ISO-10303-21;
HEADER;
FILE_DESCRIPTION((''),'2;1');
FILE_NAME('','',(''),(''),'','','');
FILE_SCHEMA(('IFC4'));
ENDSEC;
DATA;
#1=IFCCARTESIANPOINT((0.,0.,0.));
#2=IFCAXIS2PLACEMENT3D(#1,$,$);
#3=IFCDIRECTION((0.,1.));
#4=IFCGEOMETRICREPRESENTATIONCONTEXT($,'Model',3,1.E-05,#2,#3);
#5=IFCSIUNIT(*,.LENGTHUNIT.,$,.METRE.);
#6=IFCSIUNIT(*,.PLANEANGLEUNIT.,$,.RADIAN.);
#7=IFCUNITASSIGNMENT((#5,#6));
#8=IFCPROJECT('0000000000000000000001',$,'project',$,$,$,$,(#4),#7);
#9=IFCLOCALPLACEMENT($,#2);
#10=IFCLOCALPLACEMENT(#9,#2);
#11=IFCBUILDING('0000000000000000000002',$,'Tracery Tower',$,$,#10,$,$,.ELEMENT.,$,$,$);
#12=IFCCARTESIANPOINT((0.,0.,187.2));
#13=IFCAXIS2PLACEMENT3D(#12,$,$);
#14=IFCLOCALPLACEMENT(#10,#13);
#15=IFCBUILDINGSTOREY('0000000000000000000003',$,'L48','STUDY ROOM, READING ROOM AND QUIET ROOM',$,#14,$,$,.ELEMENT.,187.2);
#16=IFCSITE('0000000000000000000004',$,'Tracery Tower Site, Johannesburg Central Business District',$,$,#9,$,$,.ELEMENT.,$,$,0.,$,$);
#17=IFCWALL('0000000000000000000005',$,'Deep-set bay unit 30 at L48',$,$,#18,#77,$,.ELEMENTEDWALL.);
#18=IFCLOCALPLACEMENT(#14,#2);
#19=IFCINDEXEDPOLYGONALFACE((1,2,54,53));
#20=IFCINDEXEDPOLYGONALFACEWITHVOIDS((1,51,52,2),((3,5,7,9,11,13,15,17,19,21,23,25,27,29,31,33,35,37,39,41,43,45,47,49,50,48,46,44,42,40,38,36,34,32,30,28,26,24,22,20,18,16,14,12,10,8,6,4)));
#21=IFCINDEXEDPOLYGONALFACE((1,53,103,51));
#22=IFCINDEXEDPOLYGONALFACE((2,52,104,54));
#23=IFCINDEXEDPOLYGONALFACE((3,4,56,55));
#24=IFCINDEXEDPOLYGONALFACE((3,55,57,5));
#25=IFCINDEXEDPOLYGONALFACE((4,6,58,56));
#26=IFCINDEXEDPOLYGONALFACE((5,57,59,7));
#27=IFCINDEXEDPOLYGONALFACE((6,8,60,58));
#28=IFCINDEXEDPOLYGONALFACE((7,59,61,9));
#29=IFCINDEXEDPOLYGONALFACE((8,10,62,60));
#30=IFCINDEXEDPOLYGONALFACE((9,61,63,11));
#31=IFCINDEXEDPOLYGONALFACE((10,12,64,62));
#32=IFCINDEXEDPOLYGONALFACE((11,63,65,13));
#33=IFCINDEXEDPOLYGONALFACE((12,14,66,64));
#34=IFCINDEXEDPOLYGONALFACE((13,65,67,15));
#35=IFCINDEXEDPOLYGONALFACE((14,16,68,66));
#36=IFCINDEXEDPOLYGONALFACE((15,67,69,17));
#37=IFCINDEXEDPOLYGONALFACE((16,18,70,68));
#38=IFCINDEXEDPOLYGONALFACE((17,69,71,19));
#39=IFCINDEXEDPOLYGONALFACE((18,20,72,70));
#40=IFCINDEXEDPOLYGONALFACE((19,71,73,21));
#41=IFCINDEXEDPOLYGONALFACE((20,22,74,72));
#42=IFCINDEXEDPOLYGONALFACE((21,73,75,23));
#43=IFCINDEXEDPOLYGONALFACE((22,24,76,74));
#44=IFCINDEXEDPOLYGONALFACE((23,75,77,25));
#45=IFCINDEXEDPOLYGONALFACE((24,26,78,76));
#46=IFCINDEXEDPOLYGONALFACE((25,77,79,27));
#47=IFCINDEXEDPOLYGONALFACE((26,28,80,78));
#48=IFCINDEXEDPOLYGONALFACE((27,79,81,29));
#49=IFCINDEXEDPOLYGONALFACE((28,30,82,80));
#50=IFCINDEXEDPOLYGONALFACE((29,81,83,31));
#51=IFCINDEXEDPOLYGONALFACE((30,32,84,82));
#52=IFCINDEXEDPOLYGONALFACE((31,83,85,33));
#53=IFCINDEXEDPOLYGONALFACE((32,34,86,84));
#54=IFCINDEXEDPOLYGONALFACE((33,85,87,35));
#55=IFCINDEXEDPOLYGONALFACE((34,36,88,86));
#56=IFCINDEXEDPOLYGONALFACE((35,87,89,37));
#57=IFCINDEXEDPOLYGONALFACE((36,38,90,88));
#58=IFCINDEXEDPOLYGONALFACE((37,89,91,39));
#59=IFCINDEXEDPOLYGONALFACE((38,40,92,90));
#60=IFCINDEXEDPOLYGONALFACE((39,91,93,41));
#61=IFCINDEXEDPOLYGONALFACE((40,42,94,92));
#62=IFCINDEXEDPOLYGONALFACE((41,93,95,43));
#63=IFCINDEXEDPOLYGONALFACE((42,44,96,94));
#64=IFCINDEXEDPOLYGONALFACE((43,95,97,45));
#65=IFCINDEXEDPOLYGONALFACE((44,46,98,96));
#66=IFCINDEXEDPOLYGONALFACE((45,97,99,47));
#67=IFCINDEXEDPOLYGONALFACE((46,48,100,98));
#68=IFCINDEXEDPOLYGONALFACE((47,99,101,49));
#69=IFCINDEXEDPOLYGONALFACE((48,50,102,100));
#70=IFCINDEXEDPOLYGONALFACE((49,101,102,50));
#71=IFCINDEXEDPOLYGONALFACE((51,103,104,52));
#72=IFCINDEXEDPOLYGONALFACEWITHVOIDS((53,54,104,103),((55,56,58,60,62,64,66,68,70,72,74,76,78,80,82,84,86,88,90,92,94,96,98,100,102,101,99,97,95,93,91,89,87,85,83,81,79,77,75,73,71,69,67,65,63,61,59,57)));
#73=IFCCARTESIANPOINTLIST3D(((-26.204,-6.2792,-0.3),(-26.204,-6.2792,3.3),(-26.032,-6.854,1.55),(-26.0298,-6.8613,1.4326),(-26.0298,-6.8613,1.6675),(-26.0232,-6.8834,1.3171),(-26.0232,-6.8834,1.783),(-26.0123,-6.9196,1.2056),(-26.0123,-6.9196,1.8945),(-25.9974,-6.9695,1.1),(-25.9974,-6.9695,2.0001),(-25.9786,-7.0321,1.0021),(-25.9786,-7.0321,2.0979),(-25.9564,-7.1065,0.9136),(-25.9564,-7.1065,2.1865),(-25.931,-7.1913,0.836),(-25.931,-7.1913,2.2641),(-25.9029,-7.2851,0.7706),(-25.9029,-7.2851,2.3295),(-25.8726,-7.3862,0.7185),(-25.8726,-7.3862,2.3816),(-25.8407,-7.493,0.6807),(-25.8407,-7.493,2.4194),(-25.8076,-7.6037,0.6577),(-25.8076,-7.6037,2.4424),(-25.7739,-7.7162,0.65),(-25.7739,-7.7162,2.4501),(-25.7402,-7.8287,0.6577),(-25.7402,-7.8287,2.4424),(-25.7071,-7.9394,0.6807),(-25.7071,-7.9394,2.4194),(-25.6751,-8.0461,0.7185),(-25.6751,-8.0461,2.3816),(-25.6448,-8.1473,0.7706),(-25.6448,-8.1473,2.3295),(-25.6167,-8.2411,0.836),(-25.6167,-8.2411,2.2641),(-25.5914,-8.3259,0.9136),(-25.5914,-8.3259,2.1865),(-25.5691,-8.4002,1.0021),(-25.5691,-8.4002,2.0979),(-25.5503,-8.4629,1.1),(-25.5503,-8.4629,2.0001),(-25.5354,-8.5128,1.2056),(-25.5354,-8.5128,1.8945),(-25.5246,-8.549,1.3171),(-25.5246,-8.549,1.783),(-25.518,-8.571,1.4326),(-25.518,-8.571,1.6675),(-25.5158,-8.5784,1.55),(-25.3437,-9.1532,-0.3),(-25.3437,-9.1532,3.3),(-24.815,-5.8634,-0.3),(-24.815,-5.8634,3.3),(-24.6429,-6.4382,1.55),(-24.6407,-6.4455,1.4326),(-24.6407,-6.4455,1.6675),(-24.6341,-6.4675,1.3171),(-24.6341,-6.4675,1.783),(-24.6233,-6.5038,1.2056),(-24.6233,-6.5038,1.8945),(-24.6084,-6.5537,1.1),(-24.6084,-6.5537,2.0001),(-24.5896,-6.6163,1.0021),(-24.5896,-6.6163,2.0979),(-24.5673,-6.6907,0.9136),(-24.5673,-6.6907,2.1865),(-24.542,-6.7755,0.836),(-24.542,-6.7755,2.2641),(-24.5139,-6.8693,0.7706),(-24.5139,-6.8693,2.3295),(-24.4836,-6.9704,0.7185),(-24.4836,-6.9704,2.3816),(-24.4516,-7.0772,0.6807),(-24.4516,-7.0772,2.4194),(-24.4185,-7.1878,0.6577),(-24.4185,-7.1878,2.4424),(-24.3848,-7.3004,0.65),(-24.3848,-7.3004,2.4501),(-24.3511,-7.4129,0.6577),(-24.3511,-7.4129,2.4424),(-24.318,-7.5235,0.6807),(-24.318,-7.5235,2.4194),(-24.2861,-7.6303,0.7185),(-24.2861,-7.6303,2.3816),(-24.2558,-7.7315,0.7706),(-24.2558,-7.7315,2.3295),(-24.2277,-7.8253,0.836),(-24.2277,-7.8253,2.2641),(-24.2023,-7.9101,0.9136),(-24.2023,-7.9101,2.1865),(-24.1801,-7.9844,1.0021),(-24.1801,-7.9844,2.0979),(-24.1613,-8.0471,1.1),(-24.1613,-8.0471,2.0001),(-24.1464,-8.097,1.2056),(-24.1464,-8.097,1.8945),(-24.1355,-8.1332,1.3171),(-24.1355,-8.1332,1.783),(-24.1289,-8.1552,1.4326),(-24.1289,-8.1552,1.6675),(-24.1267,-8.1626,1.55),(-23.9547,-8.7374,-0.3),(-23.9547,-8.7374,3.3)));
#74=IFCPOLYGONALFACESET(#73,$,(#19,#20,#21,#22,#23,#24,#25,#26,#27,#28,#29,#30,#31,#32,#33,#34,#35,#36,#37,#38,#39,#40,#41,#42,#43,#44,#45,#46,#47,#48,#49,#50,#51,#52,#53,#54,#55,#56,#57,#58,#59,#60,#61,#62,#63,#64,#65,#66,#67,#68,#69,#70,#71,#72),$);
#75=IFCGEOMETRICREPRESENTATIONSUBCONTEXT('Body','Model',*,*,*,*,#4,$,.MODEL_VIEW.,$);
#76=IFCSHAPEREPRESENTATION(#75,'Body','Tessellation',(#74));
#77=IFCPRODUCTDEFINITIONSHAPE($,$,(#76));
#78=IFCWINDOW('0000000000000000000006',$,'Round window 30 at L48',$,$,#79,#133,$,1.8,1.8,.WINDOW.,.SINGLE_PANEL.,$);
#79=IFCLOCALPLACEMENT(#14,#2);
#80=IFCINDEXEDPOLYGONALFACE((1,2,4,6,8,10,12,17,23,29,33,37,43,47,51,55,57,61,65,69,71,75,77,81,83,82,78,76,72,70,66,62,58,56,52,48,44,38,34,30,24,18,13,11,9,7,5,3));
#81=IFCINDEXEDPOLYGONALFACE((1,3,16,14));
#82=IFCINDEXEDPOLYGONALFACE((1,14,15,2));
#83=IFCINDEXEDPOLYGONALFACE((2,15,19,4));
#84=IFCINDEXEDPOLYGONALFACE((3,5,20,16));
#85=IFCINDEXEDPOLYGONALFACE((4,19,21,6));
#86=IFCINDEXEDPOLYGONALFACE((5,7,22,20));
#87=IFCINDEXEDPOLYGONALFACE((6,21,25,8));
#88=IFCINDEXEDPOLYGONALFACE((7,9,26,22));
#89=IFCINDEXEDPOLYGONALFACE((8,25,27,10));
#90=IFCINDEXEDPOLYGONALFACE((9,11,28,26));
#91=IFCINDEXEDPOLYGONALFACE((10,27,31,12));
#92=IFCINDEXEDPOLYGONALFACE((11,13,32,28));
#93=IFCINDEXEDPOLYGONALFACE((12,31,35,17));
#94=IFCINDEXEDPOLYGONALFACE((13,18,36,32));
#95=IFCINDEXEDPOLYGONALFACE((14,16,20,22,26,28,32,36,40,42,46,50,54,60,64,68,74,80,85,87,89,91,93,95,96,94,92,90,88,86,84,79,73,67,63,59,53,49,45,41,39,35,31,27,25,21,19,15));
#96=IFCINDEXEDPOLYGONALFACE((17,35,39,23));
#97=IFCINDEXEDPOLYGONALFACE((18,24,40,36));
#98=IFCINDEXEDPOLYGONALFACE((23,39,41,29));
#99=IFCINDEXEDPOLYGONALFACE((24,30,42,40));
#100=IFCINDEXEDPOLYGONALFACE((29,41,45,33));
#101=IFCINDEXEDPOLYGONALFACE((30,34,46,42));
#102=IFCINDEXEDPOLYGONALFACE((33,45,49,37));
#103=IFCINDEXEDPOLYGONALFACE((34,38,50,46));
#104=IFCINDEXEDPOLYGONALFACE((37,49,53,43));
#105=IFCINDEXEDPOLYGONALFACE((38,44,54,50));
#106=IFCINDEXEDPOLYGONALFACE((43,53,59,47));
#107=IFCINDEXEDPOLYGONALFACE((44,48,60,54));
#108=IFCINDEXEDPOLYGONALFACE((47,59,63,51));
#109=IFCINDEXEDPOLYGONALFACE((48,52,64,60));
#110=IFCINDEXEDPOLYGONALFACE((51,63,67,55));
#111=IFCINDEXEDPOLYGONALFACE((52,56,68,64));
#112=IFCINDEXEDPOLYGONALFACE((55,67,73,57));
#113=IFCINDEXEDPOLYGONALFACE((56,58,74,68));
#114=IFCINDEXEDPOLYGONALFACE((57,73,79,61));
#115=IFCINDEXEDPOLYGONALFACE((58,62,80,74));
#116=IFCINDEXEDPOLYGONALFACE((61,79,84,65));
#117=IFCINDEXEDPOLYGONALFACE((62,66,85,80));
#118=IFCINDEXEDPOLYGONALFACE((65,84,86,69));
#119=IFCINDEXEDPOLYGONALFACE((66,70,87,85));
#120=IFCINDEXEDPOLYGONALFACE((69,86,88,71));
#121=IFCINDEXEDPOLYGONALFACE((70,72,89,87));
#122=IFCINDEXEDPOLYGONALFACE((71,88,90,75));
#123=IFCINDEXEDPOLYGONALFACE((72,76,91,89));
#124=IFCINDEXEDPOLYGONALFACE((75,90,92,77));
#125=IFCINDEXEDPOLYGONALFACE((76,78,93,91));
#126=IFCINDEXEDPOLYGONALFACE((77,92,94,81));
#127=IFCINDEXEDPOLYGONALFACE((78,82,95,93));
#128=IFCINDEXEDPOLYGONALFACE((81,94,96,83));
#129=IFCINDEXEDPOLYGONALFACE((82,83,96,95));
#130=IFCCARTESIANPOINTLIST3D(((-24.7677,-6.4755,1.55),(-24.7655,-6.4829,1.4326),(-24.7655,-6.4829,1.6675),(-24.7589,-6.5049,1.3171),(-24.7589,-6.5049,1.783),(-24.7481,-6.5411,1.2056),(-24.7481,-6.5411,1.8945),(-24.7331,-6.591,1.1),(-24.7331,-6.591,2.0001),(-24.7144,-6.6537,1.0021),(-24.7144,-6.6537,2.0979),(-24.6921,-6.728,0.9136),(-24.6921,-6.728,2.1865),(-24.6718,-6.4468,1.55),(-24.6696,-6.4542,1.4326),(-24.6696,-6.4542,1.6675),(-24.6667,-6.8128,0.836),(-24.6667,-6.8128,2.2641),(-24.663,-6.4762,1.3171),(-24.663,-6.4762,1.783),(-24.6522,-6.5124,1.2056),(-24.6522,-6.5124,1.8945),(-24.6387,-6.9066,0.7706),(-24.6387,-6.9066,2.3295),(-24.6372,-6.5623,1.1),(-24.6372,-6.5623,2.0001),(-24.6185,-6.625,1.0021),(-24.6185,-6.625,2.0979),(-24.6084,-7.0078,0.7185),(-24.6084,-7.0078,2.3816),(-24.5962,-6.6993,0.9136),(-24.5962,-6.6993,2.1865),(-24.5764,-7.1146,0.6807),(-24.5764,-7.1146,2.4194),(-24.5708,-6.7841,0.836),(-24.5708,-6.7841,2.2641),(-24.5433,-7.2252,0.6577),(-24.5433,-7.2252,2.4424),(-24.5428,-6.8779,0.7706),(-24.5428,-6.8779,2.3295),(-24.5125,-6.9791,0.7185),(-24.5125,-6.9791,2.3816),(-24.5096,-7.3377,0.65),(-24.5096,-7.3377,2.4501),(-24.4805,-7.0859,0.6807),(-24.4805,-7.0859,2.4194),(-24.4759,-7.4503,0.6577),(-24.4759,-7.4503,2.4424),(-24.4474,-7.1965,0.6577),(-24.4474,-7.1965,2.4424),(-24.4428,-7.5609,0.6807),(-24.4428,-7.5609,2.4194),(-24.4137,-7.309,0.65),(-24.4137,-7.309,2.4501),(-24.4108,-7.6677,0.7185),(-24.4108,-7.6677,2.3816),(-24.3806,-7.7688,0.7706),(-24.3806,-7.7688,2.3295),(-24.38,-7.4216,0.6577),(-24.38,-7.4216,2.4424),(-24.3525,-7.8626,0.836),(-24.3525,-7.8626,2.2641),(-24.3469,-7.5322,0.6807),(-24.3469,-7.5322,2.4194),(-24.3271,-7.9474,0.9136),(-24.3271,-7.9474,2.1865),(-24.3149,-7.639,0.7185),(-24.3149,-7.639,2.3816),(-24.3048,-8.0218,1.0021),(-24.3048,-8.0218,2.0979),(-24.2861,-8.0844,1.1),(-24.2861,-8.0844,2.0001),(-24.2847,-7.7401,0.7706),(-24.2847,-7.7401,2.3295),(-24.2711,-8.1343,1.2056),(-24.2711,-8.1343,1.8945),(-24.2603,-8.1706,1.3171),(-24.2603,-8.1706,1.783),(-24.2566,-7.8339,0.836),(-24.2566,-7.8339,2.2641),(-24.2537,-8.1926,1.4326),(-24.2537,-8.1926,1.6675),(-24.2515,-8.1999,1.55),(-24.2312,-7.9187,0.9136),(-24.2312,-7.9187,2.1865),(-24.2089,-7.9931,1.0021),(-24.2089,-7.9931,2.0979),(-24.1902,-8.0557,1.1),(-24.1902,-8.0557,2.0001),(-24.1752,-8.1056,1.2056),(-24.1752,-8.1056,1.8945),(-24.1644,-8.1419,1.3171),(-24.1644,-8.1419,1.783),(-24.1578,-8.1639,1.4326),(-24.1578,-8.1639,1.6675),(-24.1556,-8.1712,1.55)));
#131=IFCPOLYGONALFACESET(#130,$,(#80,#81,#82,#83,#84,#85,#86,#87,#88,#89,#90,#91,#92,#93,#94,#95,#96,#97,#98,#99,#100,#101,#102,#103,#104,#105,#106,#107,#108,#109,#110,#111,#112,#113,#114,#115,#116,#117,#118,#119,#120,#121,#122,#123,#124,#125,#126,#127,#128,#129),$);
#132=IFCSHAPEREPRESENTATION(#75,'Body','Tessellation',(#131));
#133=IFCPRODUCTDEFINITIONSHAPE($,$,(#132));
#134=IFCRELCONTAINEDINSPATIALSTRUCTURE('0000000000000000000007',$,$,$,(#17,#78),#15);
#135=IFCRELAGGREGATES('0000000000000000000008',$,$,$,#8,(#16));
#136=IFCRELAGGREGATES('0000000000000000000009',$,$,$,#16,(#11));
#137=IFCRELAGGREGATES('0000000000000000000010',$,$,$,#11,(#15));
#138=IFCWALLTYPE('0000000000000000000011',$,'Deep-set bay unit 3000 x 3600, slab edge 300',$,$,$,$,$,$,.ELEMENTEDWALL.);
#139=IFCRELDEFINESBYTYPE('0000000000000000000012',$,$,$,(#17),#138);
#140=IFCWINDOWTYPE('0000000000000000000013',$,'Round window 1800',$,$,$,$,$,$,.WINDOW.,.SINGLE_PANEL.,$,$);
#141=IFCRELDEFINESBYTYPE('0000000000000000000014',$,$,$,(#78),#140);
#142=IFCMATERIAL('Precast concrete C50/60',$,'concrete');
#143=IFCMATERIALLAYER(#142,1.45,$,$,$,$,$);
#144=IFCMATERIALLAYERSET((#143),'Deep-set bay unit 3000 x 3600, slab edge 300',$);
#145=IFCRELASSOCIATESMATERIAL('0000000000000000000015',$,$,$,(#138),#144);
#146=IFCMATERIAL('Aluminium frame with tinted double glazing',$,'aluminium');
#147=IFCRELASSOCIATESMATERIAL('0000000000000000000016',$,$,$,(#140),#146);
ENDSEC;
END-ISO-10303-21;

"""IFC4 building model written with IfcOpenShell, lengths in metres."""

from ifc_helpers import new_model, si_unit, direction, frame, frame_2d, origin, origin_2d, place, context, subcontext, project, spatial, rectangle, circle, extrude, material, layer, layer_set, type_object, element, fill, save


model = new_model("IFC4")

# Units and contexts
model_context = context("Model", 3, precision=1e-05, world=origin(), true_north=direction((0.0, 1.0)))
body_context = subcontext(model_context, "Body", "Model", "MODEL_VIEW")
ifc_project = project(units=[si_unit("LENGTHUNIT", "METRE"), si_unit("PLANEANGLEUNIT", "RADIAN")], contexts=[model_context])

# Site, building, storey
site_placement = place(None, origin())
site = spatial("IfcSite", under=ifc_project, at=site_placement, Name="Tracery Tower Site, Johannesburg Central Business District", CompositionType="ELEMENT", RefElevation=0.0)
building_placement = place(site_placement, origin())
building = spatial("IfcBuilding", under=site, at=building_placement, Name="Tracery Tower", CompositionType="ELEMENT")
storey_placement = place(building_placement, frame((0.0, 0.0, 187.2)))
storey = spatial("IfcBuildingStorey", under=building, at=storey_placement, Name="L48", Description="STUDY ROOM, READING ROOM AND QUIET ROOM", CompositionType="ELEMENT", Elevation=187.2)

# Wall, opening, window
ifc_material_1 = material(Name="Precast concrete C50/60", Category="concrete")
ifc_layer_1 = layer(ifc_material_1, 1.45)
ifc_layer_set_1 = layer_set([ifc_layer_1], Name="Deep-set bay unit 3000 x 3600, slab edge 300")
wall_type_1 = type_object("IfcWallType", Name="Deep-set bay unit 3000 x 3600, slab edge 300", PredefinedType="ELEMENTEDWALL", material=ifc_layer_set_1)
wall_1_placement = place(storey_placement, frame((-25.5095, -6.0713, -0.3), z_axis=(0.0, 0.0, 1.0), x_axis=(0.28678, -0.957996, 0.0)))
wall_1 = element("IfcWall", 1, at=wall_1_placement, inside=storey, type_object=wall_type_1, Name="Deep-set bay unit 30 at L48", PredefinedType="ELEMENTEDWALL", context=body_context, shape_type="SweptSolid", body=[
    extrude(rectangle(XDim=3.0, YDim=1.45, at=frame_2d((1.5, 0.0))), origin(), (0.0, 0.0, 1.0), 3.6001),
])
opening_1_placement = place(wall_1_placement, frame((1.5, 0.0, 1.8501)))
opening_1 = element("IfcOpeningElement", 2, at=opening_1_placement, cuts=wall_1, PredefinedType="OPENING", context=body_context, shape_type="SweptSolid", body=[
    extrude(circle(Radius=0.9, at=origin_2d()), frame((0.0, 0.7349, 0.0), z_axis=(0.0, -1.0, 0.0), x_axis=(1.0, 0.0, 0.0)), (0.0, 0.0, 1.0), 1.47),
])
ifc_material_2 = material(Name="Aluminium frame with tinted double glazing", Category="aluminium")
window_type = type_object("IfcWindowType", Name="Round window 1800", PartitioningType="SINGLE_PANEL", PredefinedType="WINDOW", material=ifc_material_2)
window_1_placement = place(opening_1_placement, origin())
window_1 = element("IfcWindow", 3, at=window_1_placement, inside=storey, type_object=window_type, Name="Round window 30 at L48", OverallHeight=1.8, OverallWidth=1.8, PartitioningType="SINGLE_PANEL", PredefinedType="WINDOW", context=body_context, shape_type="SweptSolid", body=[
    extrude(circle(Radius=0.9, at=origin_2d()), frame((0.0, 0.6948, 0.0), z_axis=(0.0, -1.0, 0.0), x_axis=(1.0, 0.0, 0.0)), (0.0, 0.0, 1.0), 0.1001),
])
fill(opening_1, window_1)

save(model, "model.ifc")
